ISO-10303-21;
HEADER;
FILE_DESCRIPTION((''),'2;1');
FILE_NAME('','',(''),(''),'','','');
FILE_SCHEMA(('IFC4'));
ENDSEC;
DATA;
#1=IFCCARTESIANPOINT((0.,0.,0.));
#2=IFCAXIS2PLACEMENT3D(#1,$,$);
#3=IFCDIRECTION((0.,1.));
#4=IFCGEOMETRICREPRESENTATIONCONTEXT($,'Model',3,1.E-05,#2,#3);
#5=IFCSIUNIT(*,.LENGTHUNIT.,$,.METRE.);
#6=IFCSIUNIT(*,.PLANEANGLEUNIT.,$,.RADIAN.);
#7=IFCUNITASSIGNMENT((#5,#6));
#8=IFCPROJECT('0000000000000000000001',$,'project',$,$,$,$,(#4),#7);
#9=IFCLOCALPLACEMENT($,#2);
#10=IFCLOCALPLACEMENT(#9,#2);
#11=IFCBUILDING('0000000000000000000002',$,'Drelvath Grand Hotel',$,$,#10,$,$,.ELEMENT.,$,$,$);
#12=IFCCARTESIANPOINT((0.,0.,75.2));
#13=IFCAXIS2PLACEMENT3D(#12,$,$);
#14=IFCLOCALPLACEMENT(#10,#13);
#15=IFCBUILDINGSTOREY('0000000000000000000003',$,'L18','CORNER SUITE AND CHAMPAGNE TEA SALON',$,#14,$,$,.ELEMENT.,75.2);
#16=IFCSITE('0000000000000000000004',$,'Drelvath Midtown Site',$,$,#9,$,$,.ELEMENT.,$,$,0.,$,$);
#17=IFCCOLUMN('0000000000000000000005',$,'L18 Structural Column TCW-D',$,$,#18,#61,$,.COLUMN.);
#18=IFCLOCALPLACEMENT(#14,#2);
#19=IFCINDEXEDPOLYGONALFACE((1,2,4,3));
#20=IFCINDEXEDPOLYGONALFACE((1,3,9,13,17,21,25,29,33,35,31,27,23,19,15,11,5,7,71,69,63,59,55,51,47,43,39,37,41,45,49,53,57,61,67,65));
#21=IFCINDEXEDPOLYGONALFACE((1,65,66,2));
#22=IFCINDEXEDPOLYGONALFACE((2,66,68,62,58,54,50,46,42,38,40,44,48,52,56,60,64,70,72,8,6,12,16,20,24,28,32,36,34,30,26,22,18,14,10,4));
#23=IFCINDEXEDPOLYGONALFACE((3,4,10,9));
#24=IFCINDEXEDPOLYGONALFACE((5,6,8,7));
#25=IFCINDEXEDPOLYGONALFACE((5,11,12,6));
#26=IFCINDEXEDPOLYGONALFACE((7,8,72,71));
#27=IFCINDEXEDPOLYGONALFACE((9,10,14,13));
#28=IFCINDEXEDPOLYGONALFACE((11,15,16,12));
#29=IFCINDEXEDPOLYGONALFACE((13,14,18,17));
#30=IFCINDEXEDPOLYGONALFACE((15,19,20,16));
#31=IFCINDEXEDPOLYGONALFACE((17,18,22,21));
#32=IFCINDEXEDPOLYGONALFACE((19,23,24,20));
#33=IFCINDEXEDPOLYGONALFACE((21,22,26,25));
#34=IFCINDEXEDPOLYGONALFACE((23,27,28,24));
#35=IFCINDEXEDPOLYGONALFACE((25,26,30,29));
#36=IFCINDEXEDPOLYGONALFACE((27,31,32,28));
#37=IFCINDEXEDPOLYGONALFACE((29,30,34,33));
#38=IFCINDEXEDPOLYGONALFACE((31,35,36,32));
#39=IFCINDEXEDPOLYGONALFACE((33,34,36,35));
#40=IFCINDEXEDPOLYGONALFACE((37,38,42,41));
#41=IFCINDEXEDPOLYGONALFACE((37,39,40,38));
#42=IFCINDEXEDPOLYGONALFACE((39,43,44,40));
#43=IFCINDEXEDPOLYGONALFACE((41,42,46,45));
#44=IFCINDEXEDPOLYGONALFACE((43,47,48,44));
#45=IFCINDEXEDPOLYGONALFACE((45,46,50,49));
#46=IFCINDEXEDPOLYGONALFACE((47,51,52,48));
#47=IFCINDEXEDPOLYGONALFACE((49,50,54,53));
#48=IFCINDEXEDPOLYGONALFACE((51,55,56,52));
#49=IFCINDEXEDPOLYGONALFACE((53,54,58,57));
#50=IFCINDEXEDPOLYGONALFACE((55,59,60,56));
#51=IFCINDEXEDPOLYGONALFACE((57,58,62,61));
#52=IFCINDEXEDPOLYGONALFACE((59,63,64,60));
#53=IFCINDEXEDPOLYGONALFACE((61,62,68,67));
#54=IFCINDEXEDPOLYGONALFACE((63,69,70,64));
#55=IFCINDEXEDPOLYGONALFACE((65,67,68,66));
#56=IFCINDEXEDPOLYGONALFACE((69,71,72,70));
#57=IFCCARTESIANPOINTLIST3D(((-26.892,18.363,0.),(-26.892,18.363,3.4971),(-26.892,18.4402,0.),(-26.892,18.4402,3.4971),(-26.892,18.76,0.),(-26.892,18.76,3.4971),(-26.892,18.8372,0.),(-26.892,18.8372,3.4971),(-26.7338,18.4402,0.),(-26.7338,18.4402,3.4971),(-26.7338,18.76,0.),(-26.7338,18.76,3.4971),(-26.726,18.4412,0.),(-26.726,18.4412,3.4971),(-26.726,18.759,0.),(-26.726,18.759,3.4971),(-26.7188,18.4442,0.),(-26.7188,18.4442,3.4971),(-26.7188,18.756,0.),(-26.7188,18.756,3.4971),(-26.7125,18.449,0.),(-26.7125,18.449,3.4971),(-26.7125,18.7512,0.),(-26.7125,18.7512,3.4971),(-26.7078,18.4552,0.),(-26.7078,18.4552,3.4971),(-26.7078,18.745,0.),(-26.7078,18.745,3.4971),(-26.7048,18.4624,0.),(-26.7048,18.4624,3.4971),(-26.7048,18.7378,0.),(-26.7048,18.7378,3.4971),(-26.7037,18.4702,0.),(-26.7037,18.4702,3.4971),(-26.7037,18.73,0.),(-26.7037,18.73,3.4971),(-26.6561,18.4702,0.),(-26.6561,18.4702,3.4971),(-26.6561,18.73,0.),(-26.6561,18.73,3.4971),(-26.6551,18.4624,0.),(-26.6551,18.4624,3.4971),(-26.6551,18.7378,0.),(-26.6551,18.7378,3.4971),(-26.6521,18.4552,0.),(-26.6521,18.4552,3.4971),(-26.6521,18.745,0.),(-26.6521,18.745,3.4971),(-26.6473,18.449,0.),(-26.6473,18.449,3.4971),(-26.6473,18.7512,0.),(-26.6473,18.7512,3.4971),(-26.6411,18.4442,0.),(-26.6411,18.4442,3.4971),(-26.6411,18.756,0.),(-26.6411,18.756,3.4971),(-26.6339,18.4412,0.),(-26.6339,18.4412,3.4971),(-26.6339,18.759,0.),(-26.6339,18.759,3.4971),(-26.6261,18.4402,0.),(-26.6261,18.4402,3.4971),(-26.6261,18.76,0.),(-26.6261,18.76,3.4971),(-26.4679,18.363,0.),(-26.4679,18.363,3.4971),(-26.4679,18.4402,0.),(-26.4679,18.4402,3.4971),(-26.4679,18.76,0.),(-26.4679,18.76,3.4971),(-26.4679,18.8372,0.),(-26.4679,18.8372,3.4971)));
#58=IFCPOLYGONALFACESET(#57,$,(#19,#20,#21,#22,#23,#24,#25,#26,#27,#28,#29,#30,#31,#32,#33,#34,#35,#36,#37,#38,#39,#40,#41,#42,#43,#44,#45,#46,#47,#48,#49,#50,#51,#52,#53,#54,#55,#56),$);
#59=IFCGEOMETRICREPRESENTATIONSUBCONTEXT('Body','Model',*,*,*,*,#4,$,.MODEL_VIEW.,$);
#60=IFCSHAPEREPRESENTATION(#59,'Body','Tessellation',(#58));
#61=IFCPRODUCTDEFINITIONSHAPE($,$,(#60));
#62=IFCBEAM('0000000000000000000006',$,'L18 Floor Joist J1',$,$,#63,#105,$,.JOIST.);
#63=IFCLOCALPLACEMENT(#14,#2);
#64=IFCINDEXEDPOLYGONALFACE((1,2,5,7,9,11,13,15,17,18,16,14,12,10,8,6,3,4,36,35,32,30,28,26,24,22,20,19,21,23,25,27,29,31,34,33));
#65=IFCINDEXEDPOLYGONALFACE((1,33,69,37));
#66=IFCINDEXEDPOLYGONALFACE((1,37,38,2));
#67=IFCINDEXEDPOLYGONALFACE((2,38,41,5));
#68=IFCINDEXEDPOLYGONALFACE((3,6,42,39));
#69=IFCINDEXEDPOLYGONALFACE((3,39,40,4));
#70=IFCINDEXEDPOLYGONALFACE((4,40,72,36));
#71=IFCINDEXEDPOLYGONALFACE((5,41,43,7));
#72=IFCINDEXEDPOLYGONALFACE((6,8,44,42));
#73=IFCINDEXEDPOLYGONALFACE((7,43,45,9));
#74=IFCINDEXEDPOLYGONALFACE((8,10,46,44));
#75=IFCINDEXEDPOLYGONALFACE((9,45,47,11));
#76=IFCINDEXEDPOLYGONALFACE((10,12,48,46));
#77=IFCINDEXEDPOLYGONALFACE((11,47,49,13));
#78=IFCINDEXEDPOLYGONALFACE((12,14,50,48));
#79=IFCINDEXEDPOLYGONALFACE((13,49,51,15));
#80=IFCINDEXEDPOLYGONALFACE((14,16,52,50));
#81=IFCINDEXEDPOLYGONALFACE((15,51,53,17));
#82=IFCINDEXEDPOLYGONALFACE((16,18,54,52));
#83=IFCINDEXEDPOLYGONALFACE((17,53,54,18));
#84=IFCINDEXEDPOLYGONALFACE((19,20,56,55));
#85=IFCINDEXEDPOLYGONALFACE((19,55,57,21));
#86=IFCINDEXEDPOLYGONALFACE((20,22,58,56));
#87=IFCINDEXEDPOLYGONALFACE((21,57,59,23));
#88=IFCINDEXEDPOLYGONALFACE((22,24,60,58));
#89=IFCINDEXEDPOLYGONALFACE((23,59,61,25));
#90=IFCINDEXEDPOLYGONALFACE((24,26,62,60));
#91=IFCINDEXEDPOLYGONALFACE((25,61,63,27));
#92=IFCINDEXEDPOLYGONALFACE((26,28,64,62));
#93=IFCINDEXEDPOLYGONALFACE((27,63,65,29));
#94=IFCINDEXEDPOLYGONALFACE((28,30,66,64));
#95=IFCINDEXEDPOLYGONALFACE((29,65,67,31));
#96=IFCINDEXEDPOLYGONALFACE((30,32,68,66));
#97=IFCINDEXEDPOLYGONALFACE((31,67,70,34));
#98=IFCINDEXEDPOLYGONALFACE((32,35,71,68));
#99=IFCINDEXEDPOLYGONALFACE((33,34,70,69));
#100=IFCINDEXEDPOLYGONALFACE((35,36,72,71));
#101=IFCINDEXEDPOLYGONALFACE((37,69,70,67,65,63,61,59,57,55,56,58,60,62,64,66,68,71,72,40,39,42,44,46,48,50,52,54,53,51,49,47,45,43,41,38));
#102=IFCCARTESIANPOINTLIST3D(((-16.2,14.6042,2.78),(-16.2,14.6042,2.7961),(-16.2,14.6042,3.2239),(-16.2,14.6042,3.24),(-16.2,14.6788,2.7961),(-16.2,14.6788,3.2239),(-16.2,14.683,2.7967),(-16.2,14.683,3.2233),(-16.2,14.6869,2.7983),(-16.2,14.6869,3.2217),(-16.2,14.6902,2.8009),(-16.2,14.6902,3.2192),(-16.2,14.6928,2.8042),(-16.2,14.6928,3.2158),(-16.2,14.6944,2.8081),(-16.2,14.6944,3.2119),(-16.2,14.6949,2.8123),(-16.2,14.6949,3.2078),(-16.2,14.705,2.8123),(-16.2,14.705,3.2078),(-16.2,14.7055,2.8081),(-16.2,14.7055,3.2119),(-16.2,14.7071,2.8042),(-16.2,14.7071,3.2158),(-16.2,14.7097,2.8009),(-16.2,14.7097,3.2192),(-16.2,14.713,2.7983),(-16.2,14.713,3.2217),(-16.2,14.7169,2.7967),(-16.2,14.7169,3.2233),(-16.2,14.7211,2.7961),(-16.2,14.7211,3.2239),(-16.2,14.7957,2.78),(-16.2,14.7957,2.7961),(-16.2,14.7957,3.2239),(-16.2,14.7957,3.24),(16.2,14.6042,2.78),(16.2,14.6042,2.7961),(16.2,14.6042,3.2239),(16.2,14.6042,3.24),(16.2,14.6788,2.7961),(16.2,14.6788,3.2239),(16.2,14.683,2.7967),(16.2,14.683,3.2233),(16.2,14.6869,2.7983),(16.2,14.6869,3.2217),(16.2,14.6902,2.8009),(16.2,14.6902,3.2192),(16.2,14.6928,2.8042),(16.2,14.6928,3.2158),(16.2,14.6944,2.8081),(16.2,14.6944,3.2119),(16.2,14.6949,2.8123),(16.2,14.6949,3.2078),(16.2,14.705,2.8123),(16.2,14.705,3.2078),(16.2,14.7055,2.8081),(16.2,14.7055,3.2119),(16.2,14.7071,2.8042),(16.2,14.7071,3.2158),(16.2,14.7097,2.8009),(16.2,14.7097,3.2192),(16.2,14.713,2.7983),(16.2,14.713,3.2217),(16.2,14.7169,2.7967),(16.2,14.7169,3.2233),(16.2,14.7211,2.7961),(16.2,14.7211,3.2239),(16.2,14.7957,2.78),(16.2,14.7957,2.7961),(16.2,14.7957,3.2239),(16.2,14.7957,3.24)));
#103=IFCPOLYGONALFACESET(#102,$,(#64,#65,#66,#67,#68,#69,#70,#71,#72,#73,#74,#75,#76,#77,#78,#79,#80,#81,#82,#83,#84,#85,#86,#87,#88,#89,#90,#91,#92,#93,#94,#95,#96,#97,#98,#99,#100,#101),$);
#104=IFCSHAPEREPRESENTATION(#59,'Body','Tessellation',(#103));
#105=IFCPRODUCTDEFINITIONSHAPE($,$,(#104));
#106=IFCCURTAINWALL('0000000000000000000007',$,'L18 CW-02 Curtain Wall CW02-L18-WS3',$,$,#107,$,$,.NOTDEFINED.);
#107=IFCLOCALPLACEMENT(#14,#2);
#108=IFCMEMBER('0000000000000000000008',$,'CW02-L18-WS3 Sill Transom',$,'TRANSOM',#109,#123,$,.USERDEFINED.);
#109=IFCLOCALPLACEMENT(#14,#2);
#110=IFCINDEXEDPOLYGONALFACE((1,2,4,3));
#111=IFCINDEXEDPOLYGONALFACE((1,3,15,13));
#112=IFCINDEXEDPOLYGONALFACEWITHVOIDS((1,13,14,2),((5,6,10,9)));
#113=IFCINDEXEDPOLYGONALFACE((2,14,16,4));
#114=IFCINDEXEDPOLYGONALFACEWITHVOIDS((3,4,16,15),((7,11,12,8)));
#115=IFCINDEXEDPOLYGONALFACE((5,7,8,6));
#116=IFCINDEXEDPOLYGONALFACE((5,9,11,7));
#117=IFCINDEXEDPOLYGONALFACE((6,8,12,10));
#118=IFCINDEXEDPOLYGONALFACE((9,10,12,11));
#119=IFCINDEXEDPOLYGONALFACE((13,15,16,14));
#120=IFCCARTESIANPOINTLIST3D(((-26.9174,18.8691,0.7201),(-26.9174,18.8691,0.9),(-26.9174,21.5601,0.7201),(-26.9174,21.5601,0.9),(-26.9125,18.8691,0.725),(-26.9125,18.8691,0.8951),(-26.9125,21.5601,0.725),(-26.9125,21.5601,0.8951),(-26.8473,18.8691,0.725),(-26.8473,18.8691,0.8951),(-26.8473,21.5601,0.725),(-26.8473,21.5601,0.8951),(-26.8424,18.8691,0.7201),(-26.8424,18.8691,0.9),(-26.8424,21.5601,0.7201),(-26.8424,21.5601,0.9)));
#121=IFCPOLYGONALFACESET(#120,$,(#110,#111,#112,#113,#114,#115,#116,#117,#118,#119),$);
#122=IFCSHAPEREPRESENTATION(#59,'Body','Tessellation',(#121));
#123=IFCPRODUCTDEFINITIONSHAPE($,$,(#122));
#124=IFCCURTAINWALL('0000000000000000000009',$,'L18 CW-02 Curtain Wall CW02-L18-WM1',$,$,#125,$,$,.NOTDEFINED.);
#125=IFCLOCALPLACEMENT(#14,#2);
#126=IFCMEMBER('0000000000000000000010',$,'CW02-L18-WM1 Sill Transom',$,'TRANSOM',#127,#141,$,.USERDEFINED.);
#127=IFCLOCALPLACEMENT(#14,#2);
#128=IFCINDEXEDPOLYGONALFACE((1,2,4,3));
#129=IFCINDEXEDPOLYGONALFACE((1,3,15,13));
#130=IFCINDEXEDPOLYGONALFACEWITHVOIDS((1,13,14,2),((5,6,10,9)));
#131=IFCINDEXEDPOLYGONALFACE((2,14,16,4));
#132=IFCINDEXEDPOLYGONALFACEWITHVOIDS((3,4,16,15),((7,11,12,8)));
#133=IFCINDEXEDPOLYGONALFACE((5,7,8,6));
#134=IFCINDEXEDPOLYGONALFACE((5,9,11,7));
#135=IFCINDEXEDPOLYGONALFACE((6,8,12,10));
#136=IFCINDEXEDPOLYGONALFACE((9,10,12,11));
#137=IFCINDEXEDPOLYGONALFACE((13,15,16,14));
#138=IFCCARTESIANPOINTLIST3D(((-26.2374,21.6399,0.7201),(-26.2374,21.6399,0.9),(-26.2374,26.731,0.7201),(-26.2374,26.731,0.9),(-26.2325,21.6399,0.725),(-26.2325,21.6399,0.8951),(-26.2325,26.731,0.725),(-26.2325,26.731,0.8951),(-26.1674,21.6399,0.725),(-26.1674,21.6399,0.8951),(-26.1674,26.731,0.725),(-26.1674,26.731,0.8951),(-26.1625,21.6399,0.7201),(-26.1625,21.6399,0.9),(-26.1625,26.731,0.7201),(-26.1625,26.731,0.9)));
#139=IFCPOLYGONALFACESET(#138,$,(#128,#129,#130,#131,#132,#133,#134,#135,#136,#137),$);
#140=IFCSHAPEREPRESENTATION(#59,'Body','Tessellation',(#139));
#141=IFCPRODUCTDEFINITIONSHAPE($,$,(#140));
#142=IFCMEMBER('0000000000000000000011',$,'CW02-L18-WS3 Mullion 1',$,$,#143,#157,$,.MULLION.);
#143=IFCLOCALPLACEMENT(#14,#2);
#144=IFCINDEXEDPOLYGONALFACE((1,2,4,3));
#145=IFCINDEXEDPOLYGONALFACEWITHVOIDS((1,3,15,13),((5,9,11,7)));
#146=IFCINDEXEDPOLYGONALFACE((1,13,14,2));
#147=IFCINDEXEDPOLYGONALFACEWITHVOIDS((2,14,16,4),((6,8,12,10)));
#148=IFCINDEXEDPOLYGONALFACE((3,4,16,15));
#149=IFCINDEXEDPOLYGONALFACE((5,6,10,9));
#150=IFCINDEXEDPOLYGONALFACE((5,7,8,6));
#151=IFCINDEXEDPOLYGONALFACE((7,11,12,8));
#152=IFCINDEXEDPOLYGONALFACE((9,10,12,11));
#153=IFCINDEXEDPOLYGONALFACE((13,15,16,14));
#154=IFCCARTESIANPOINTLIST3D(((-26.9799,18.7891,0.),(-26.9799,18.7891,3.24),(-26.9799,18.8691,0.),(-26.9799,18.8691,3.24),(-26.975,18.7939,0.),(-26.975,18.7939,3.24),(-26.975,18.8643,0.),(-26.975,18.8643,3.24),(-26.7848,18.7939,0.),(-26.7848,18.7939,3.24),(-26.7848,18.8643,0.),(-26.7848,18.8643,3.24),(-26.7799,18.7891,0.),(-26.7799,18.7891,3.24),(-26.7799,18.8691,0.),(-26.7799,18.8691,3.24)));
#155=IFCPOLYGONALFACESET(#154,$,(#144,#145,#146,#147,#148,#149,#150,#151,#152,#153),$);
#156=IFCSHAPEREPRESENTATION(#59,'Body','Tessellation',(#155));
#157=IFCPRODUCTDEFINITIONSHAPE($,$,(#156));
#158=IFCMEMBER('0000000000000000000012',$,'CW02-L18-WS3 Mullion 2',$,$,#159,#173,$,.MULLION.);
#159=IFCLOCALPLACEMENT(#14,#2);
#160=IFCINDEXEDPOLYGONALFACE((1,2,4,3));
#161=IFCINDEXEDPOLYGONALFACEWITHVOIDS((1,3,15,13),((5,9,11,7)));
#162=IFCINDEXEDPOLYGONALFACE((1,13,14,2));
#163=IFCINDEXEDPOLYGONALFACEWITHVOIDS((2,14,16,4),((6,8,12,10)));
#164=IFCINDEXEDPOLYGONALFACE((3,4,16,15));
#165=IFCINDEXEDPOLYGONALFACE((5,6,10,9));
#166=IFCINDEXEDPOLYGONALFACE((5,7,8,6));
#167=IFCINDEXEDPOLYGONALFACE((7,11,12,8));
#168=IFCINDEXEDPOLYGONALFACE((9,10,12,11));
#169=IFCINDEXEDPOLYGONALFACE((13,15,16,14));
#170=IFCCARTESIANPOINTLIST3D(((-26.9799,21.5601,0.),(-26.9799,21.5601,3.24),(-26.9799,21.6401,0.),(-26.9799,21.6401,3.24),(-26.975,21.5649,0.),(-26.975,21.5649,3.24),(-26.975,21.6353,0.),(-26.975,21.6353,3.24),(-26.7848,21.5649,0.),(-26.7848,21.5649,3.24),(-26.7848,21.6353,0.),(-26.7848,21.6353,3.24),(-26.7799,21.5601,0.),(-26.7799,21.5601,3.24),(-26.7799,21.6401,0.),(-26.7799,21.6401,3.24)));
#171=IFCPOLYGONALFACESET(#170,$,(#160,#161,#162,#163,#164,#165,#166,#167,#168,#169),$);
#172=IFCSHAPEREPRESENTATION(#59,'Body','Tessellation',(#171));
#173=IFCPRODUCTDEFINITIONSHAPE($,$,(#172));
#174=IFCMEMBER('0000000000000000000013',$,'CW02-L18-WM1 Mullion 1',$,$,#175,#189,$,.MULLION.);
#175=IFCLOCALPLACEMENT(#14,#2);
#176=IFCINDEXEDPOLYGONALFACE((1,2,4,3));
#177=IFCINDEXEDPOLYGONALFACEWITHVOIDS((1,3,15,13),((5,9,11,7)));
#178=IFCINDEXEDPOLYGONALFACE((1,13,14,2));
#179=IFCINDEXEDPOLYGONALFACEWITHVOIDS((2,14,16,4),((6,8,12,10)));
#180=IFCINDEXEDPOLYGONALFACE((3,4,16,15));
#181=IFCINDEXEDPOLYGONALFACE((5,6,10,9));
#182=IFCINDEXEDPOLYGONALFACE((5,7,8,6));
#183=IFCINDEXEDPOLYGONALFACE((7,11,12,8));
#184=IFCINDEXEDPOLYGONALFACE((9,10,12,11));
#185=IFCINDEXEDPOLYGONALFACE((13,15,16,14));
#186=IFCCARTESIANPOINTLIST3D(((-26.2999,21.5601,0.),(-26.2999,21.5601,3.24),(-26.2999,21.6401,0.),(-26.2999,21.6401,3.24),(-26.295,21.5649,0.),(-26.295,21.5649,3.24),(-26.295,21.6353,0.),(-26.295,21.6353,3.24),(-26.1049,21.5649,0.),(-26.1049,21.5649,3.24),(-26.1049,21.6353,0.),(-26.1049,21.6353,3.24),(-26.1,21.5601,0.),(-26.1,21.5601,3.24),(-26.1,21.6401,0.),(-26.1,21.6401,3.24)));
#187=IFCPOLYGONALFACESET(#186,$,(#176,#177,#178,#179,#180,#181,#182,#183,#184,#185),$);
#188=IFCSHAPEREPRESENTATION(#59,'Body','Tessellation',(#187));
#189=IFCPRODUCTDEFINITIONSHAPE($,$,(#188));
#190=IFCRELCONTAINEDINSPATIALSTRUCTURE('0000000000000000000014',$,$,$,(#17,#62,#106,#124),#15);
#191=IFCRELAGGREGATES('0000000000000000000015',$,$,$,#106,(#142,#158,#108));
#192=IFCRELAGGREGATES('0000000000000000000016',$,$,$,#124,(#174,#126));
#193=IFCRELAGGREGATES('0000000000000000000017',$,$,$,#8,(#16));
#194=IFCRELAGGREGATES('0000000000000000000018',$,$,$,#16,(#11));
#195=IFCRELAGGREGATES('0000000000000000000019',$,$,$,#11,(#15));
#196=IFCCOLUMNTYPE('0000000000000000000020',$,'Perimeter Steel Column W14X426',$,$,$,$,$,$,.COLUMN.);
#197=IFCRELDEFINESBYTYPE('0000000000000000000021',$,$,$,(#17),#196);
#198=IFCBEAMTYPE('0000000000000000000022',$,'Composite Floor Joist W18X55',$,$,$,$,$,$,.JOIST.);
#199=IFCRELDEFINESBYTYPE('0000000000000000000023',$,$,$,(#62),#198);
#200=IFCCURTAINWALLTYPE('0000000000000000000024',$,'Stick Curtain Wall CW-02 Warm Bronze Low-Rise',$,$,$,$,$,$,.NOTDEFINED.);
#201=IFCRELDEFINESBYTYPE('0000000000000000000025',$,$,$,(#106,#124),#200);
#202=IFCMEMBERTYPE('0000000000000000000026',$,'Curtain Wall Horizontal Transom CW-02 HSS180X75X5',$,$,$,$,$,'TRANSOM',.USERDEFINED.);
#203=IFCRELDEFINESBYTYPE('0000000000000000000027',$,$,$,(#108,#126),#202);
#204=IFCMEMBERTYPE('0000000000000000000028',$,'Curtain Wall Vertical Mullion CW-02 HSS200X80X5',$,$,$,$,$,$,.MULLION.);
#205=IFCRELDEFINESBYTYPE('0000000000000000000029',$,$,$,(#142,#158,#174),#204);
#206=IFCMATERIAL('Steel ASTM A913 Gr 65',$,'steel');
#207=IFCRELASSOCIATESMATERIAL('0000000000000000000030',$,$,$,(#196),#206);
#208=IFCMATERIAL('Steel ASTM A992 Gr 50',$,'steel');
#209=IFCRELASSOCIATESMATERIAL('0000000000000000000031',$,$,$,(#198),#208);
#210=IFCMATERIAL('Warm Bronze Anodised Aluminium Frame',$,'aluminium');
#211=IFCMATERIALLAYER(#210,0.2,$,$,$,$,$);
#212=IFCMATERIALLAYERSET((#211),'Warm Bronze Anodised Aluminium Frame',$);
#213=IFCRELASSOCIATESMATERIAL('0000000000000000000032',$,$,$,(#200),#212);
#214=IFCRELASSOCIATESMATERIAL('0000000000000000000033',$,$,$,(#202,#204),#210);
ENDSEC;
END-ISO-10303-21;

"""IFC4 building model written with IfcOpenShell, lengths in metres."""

from ifc_helpers import new_model, si_unit, direction, frame, origin, origin_2d, place, context, subcontext, project, spatial, hollow_rectangle, i_section, extrude, material, layer, layer_set, material_profile, profile_set, type_object, element, aggregate, save


model = new_model("IFC4")

# Units and contexts
model_context = context("Model", 3, precision=1e-05, world=origin(), true_north=direction((0.0, 1.0)))
body_context = subcontext(model_context, "Body", "Model", "MODEL_VIEW")
ifc_project = project(units=[si_unit("LENGTHUNIT", "METRE"), si_unit("PLANEANGLEUNIT", "RADIAN")], contexts=[model_context])

# Site, building, storey
site_placement = place(None, origin())
site = spatial("IfcSite", under=ifc_project, at=site_placement, Name="Drelvath Midtown Site", CompositionType="ELEMENT", RefElevation=0.0)
building_placement = place(site_placement, origin())
building = spatial("IfcBuilding", under=site, at=building_placement, Name="Drelvath Grand Hotel", CompositionType="ELEMENT")
storey_placement = place(building_placement, frame((0.0, 0.0, 75.2)))
storey = spatial("IfcBuildingStorey", under=building, at=storey_placement, Name="L18", Description="CORNER SUITE AND CHAMPAGNE TEA SALON", CompositionType="ELEMENT", Elevation=75.2)

# Column
ifc_material_1 = material(Name="Steel ASTM A913 Gr 65", Category="steel")
ifc_material_profile_1 = material_profile(ifc_material_1, i_section(OverallWidth=0.4241, OverallDepth=0.4741, WebThickness=0.0476, FlangeThickness=0.0771, FilletRadius=0.03, at=origin_2d()), Name="W14X426")
ifc_profile_set_1 = profile_set([ifc_material_profile_1], Name="Steel ASTM A913 Gr 65")
column_type = type_object("IfcColumnType", Name="Perimeter Steel Column W14X426", PredefinedType="COLUMN", material=ifc_profile_set_1)
column_placement = place(storey_placement, frame((-26.6799, 18.6001, 0.0), z_axis=(0.0, 0.0, 1.0), x_axis=(1.0, 0.0, 0.0)))
element("IfcColumn", 1, at=column_placement, inside=storey, type_object=column_type, Name="L18 Structural Column TCW-D", PredefinedType="COLUMN", context=body_context, shape_type="SweptSolid", body=[
    extrude(i_section(OverallWidth=0.4241, OverallDepth=0.4741, WebThickness=0.0476, FlangeThickness=0.0771, FilletRadius=0.03, at=origin_2d()), origin(), (0.0, 0.0, 1.0), 3.4971),
])

# Beam
ifc_material_2 = material(Name="Steel ASTM A992 Gr 50", Category="steel")
ifc_material_profile_2 = material_profile(ifc_material_2, i_section(OverallWidth=0.1914, OverallDepth=0.46, WebThickness=0.01, FlangeThickness=0.0161, FilletRadius=0.0161, at=origin_2d()), Name="W18X55")
ifc_profile_set_2 = profile_set([ifc_material_profile_2], Name="Steel ASTM A992 Gr 50")
beam_type_1 = type_object("IfcBeamType", Name="Composite Floor Joist W18X55", PredefinedType="JOIST", material=ifc_profile_set_2)
beam_1_placement = place(storey_placement, frame((-16.2, 14.7, 3.01), z_axis=(1.0, 0.0, 0.0), x_axis=(0.0, 1.0, 0.0)))
element("IfcBeam", 2, at=beam_1_placement, inside=storey, type_object=beam_type_1, Name="L18 Floor Joist J1", PredefinedType="JOIST", context=body_context, shape_type="SweptSolid", body=[
    extrude(i_section(OverallWidth=0.1914, OverallDepth=0.46, WebThickness=0.01, FlangeThickness=0.0161, FilletRadius=0.0161, at=origin_2d()), origin(), (0.0, 0.0, 1.0), 32.3999),
])

# Curtain walls, members
ifc_material_3 = material(Name="Warm Bronze Anodised Aluminium Frame", Category="aluminium")
ifc_layer_1 = layer(ifc_material_3, 0.2)
ifc_layer_set_1 = layer_set([ifc_layer_1], Name="Warm Bronze Anodised Aluminium Frame")
curtain_wall_type = type_object("IfcCurtainWallType", Name="Stick Curtain Wall CW-02 Warm Bronze Low-Rise", PredefinedType="NOTDEFINED", material=ifc_layer_set_1)
curtain_wall_1_placement = place(storey_placement, origin())
curtain_wall_1 = element("IfcCurtainWall", 3, at=curtain_wall_1_placement, inside=storey, type_object=curtain_wall_type, Name="L18 CW-02 Curtain Wall CW02-L18-WS3", PredefinedType="NOTDEFINED")
ifc_material_profile_3 = material_profile(ifc_material_3, hollow_rectangle(XDim=0.075, YDim=0.1799, WallThickness=0.0049, at=origin_2d()), Name="HSS180X75X5")
ifc_profile_set_3 = profile_set([ifc_material_profile_3], Name="Warm Bronze Anodised Aluminium Frame")
member_type_1 = type_object("IfcMemberType", Name="Curtain Wall Horizontal Transom CW-02 HSS180X75X5", ElementType="TRANSOM", PredefinedType="USERDEFINED", material=ifc_profile_set_3)
member_1_placement = place(storey_placement, frame((-26.8799, 18.8691, 0.8101), z_axis=(0.0, 1.0, 0.0), x_axis=(-1.0, 0.0, 0.0)))
member_1 = element("IfcMember", 4, at=member_1_placement, type_object=member_type_1, Name="CW02-L18-WS3 Sill Transom", ObjectType="TRANSOM", PredefinedType="USERDEFINED", context=body_context, shape_type="SweptSolid", body=[
    extrude(hollow_rectangle(XDim=0.075, YDim=0.1799, WallThickness=0.0049, at=origin_2d()), origin(), (0.0, 0.0, 1.0), 2.6909),
])
curtain_wall_2_placement = place(storey_placement, origin())
curtain_wall_2 = element("IfcCurtainWall", 5, at=curtain_wall_2_placement, inside=storey, type_object=curtain_wall_type, Name="L18 CW-02 Curtain Wall CW02-L18-WM1", PredefinedType="NOTDEFINED")
member_2_placement = place(storey_placement, frame((-26.2, 21.6399, 0.8101), z_axis=(0.0, 1.0, 0.0), x_axis=(-1.0, 0.0, 0.0)))
member_2 = element("IfcMember", 6, at=member_2_placement, type_object=member_type_1, Name="CW02-L18-WM1 Sill Transom", ObjectType="TRANSOM", PredefinedType="USERDEFINED", context=body_context, shape_type="SweptSolid", body=[
    extrude(hollow_rectangle(XDim=0.075, YDim=0.1799, WallThickness=0.0049, at=origin_2d()), origin(), (0.0, 0.0, 1.0), 5.0911),
])

# Members
ifc_material_profile_4 = material_profile(ifc_material_3, hollow_rectangle(XDim=0.0801, YDim=0.2, WallThickness=0.0049, at=origin_2d()), Name="HSS200X80X5")
ifc_profile_set_4 = profile_set([ifc_material_profile_4], Name="Warm Bronze Anodised Aluminium Frame")
member_type_2 = type_object("IfcMemberType", Name="Curtain Wall Vertical Mullion CW-02 HSS200X80X5", PredefinedType="MULLION", material=ifc_profile_set_4)
member_3_placement = place(storey_placement, frame((-26.8799, 18.8291, 0.0), z_axis=(0.0, 0.0, 1.0), x_axis=(0.0, 1.0, 0.0)))
member_3 = element("IfcMember", 7, at=member_3_placement, type_object=member_type_2, Name="CW02-L18-WS3 Mullion 1", PredefinedType="MULLION", context=body_context, shape_type="SweptSolid", body=[
    extrude(hollow_rectangle(XDim=0.0801, YDim=0.2, WallThickness=0.0049, at=origin_2d()), origin(), (0.0, 0.0, 1.0), 3.24),
])
member_4_placement = place(storey_placement, frame((-26.8799, 21.6001, 0.0), z_axis=(0.0, 0.0, 1.0), x_axis=(0.0, 1.0, 0.0)))
member_4 = element("IfcMember", 8, at=member_4_placement, type_object=member_type_2, Name="CW02-L18-WS3 Mullion 2", PredefinedType="MULLION", context=body_context, shape_type="SweptSolid", body=[
    extrude(hollow_rectangle(XDim=0.0801, YDim=0.2, WallThickness=0.0049, at=origin_2d()), origin(), (0.0, 0.0, 1.0), 3.24),
])
member_5_placement = place(storey_placement, frame((-26.2, 21.6001, 0.0), z_axis=(0.0, 0.0, 1.0), x_axis=(0.0, 1.0, 0.0)))
member_5 = element("IfcMember", 9, at=member_5_placement, type_object=member_type_2, Name="CW02-L18-WM1 Mullion 1", PredefinedType="MULLION", context=body_context, shape_type="SweptSolid", body=[
    extrude(hollow_rectangle(XDim=0.0801, YDim=0.2, WallThickness=0.0049, at=origin_2d()), origin(), (0.0, 0.0, 1.0), 3.24),
])

aggregate(curtain_wall_1, [member_3, member_4, member_1])
aggregate(curtain_wall_2, [member_5, member_2])

save(model, "model.ifc")
